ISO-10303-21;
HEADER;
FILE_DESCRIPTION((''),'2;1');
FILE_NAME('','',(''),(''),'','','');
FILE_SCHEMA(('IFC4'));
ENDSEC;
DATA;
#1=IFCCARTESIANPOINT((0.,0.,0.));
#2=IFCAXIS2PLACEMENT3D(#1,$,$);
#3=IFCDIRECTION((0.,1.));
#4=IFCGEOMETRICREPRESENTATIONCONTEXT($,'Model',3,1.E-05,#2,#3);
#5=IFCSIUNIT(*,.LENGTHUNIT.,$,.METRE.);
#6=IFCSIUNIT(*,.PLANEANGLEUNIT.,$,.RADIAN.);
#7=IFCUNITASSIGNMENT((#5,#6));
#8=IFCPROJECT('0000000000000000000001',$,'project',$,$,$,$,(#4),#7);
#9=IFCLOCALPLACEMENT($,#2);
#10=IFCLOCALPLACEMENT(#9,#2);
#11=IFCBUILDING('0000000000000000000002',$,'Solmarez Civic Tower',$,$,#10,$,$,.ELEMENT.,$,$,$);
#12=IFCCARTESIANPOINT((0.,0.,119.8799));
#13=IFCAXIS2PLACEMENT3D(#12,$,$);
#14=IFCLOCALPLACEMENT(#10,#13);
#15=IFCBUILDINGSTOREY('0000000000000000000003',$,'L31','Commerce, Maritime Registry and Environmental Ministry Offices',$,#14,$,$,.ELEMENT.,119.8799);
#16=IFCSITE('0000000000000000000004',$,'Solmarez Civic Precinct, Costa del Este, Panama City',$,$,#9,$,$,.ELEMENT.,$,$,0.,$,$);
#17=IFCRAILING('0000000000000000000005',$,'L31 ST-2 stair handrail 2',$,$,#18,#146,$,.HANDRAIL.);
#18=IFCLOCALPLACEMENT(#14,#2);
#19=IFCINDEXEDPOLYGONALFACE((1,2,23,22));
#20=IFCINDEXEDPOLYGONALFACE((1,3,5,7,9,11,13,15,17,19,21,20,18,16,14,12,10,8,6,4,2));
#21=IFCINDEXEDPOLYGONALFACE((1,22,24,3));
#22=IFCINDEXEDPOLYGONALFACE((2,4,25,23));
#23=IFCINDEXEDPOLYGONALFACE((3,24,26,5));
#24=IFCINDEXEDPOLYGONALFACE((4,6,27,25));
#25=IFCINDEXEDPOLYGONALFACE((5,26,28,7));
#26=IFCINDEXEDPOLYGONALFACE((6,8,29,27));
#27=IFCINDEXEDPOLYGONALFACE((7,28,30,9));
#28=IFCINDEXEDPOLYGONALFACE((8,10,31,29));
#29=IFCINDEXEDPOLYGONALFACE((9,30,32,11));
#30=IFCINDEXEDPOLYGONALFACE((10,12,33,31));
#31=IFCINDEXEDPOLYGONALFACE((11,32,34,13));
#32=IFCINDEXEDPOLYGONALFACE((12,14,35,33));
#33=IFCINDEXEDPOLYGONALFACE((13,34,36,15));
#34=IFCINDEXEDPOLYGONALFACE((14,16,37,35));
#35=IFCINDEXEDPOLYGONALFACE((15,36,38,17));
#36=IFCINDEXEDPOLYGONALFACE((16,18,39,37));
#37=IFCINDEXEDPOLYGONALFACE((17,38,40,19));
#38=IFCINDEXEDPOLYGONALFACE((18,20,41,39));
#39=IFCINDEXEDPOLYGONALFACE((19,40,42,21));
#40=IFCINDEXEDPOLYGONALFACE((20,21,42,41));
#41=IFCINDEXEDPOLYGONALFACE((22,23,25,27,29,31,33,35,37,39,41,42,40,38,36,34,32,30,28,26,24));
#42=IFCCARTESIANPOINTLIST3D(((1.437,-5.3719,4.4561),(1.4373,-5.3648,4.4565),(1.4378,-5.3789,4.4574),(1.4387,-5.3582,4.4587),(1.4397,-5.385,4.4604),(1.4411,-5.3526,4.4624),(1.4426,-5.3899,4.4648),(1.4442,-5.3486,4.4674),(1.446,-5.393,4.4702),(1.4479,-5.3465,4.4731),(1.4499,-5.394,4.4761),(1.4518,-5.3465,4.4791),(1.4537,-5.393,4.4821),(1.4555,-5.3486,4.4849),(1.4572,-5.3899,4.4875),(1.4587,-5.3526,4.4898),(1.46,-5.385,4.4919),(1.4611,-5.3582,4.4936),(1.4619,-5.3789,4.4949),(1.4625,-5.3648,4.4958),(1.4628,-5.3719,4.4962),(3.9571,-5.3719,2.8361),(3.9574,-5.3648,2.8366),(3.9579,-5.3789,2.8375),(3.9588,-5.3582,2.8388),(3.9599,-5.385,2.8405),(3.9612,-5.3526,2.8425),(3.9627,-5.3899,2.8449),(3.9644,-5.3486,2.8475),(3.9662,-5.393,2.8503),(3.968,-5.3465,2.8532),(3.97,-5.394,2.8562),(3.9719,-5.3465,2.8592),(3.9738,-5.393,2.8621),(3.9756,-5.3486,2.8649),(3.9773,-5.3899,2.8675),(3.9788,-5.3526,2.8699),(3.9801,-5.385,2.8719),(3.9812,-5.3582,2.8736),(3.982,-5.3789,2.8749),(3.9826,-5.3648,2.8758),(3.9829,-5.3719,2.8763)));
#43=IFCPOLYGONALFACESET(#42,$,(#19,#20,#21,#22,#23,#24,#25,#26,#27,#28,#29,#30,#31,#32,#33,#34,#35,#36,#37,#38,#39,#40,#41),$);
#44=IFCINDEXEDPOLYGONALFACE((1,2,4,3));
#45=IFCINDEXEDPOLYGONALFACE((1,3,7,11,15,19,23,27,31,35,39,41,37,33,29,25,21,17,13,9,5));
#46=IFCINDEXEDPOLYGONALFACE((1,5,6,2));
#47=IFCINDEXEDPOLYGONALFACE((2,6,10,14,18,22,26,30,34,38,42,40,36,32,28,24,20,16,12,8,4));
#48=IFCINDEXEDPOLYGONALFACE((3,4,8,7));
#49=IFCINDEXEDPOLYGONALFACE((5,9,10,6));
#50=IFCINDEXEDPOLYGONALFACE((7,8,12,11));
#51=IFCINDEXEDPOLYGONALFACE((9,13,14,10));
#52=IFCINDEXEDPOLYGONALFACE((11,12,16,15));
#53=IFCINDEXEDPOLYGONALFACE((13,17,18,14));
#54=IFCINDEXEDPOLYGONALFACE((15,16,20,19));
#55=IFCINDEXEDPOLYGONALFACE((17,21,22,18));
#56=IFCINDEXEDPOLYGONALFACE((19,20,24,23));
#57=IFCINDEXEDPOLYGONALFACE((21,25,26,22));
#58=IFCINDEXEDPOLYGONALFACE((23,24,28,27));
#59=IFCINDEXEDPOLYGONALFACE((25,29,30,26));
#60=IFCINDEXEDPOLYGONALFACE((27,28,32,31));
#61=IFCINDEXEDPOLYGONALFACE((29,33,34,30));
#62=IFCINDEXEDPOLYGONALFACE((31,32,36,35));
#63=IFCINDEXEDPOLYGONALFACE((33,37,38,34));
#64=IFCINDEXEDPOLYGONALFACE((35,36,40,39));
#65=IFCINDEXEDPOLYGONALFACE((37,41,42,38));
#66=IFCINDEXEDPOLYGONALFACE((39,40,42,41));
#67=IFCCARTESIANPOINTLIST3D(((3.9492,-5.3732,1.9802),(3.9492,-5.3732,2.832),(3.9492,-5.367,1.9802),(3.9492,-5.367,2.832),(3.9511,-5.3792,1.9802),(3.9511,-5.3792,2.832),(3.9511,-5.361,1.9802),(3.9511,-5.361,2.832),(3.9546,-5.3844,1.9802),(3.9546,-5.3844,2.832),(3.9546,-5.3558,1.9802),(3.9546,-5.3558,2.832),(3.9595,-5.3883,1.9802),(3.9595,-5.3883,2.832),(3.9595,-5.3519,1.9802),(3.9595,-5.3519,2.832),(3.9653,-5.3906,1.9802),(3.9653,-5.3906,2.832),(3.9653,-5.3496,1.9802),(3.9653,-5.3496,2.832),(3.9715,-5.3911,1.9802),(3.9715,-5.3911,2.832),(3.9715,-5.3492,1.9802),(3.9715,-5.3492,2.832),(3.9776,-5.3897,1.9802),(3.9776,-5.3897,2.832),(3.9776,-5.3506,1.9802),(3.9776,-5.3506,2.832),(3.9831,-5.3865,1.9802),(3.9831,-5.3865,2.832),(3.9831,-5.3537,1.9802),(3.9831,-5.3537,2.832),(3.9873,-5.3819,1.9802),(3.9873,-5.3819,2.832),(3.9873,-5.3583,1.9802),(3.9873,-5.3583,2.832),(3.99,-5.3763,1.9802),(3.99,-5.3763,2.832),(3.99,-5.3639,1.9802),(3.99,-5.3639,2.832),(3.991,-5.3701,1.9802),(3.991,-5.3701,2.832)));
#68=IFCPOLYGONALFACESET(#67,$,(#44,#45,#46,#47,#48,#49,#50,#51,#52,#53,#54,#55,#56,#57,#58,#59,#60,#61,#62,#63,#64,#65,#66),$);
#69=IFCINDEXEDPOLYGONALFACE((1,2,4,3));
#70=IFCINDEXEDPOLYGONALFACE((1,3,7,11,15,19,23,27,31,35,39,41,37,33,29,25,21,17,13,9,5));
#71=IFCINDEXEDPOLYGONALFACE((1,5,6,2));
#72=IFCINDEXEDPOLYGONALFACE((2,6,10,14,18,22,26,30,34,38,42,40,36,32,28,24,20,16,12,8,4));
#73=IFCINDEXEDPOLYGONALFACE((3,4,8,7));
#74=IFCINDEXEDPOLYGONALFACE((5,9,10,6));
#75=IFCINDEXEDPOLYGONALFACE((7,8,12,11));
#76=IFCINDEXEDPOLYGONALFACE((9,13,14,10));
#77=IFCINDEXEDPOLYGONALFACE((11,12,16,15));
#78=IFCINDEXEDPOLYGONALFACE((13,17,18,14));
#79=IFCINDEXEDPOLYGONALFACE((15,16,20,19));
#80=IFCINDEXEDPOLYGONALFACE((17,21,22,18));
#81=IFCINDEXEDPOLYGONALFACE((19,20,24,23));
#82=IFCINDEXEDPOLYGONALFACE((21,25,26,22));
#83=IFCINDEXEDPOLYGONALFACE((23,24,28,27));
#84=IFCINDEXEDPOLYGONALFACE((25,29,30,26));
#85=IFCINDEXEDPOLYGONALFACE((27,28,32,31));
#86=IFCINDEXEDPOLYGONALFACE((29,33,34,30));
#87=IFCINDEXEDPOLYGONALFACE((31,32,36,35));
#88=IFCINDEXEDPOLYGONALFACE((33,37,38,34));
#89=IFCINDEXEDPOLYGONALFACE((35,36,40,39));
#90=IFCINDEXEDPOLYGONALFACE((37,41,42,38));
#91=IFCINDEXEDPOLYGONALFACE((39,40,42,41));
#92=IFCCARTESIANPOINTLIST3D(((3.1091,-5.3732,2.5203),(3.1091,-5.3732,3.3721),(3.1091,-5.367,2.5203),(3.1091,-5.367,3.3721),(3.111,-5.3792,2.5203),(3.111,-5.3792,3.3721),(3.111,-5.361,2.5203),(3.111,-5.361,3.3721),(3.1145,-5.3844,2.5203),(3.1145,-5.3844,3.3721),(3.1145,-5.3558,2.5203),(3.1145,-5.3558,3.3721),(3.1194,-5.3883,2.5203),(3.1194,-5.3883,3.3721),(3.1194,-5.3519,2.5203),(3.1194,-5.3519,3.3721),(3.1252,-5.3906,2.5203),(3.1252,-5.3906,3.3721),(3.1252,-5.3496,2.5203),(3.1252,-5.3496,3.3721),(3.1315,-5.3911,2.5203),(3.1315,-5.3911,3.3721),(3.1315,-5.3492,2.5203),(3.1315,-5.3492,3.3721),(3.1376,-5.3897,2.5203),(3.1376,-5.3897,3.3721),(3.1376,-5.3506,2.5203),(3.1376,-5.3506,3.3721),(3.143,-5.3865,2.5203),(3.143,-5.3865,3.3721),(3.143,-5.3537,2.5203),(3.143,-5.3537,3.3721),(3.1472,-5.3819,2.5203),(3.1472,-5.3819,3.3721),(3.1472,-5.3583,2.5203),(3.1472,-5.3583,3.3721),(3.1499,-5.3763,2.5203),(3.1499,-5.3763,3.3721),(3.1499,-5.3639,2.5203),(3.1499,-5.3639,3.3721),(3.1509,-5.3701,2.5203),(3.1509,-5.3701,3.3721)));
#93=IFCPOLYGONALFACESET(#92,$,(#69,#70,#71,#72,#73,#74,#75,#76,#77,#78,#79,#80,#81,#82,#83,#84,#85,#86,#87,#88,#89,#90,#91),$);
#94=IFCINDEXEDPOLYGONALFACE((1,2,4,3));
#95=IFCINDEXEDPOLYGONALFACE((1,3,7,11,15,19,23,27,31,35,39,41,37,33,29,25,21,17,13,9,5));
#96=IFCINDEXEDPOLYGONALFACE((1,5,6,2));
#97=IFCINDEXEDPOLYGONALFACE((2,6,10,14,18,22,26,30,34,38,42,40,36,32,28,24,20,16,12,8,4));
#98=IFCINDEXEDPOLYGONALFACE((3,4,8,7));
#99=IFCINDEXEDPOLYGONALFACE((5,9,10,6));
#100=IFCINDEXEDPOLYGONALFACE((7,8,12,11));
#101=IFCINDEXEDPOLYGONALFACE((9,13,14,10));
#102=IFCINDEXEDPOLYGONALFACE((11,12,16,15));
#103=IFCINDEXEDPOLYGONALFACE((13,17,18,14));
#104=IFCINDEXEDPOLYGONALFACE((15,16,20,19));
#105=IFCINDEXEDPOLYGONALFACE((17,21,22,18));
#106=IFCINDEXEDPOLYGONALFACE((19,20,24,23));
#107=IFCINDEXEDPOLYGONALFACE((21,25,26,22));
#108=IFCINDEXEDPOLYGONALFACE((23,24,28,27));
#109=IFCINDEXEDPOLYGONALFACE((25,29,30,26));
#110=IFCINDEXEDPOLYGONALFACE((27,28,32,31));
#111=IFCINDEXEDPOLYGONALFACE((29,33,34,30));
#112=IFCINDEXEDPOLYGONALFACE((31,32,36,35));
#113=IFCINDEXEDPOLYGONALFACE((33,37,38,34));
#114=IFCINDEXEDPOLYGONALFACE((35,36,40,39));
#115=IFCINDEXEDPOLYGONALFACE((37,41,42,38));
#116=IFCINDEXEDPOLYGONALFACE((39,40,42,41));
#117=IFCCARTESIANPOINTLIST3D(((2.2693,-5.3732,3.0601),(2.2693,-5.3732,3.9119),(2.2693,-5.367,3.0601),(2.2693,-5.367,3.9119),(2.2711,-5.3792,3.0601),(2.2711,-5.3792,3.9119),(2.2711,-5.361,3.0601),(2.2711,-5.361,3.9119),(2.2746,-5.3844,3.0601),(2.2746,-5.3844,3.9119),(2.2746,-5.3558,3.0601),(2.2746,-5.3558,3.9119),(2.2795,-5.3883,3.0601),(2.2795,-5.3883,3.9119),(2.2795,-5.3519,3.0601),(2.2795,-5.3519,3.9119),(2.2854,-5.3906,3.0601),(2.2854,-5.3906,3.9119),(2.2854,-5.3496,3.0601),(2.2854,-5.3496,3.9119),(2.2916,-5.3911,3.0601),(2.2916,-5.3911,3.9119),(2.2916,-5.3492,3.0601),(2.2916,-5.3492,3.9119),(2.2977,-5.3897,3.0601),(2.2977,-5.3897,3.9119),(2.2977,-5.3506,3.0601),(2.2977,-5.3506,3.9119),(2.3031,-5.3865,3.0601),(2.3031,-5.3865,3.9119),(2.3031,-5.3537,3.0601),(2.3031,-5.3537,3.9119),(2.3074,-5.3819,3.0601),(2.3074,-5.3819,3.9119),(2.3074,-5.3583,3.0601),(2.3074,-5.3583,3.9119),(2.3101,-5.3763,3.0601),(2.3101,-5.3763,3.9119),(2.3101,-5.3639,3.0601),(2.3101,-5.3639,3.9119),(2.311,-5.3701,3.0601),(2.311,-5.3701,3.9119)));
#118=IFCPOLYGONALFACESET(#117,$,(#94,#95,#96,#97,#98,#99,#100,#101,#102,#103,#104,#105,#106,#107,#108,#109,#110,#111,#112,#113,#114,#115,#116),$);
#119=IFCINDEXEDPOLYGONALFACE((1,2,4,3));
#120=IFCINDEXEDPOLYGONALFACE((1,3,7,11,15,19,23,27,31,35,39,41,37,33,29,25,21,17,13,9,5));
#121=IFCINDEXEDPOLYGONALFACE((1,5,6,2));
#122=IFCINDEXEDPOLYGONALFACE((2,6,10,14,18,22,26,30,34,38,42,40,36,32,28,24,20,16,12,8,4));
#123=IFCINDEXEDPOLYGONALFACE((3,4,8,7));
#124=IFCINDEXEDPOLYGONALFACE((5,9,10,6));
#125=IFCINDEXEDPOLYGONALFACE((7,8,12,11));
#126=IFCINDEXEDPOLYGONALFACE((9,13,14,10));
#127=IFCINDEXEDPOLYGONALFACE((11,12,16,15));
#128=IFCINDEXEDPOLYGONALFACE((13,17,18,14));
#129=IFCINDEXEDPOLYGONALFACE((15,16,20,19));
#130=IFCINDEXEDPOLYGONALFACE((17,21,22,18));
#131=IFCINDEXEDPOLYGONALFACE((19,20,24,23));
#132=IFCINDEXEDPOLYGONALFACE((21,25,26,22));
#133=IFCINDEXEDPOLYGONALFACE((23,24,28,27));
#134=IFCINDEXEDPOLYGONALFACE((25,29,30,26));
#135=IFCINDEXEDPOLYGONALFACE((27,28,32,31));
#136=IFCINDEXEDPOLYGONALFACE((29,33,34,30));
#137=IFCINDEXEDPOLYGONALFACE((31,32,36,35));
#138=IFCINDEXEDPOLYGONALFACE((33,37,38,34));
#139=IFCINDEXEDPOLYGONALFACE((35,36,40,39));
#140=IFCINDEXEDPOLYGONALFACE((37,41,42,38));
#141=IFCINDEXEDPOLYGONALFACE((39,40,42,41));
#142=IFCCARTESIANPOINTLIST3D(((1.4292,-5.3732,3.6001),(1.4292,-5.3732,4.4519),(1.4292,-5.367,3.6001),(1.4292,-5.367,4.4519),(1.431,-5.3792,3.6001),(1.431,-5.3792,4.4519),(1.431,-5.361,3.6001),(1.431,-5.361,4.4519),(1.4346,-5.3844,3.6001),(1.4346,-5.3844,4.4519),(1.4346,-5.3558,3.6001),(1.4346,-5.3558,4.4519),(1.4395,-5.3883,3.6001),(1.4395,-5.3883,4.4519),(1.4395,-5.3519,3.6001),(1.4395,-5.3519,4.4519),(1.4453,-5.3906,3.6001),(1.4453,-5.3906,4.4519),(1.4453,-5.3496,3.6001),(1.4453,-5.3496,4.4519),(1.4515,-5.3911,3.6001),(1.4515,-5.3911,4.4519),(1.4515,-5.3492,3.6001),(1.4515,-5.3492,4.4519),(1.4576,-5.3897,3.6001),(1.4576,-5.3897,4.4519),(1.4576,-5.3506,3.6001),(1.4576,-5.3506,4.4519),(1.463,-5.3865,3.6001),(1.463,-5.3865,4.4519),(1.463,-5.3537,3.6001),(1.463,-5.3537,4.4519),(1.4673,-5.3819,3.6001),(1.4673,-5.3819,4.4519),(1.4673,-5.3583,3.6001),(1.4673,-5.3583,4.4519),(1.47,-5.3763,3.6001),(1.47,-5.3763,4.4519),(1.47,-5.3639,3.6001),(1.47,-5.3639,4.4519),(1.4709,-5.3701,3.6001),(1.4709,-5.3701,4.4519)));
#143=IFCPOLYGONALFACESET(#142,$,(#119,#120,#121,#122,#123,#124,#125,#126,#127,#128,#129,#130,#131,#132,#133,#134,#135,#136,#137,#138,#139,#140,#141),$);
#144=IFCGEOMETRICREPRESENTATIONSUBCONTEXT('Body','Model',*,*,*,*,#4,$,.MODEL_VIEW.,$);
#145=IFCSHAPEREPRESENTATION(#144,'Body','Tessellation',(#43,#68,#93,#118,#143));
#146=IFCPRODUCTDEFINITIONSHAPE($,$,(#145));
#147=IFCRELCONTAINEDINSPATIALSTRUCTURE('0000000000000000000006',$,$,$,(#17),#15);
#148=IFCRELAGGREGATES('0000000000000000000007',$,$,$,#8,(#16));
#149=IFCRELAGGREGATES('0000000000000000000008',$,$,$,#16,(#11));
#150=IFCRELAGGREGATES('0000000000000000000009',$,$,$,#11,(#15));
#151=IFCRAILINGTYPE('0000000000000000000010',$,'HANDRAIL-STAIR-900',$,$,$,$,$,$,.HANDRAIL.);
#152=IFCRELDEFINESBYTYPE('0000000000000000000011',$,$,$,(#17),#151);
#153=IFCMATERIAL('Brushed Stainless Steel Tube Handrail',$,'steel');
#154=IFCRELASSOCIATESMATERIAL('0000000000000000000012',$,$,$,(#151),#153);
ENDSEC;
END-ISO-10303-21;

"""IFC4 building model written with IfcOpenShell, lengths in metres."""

from ifc_helpers import new_model, si_unit, direction, frame, origin, origin_2d, place, context, subcontext, project, spatial, circle, extrude, material, type_object, element, save


model = new_model("IFC4")

# Units and contexts
model_context = context("Model", 3, precision=1e-05, world=origin(), true_north=direction((0.0, 1.0)))
body_context = subcontext(model_context, "Body", "Model", "MODEL_VIEW")
ifc_project = project(units=[si_unit("LENGTHUNIT", "METRE"), si_unit("PLANEANGLEUNIT", "RADIAN")], contexts=[model_context])

# Site, building, storey
site_placement = place(None, origin())
site = spatial("IfcSite", under=ifc_project, at=site_placement, Name="Solmarez Civic Precinct, Costa del Este, Panama City", CompositionType="ELEMENT", RefElevation=0.0)
building_placement = place(site_placement, origin())
building = spatial("IfcBuilding", under=site, at=building_placement, Name="Solmarez Civic Tower", CompositionType="ELEMENT")
storey_placement = place(building_placement, frame((0.0, 0.0, 119.8799)))
storey = spatial("IfcBuildingStorey", under=building, at=storey_placement, Name="L31", Description="Commerce, Maritime Registry and Environmental Ministry Offices", CompositionType="ELEMENT", Elevation=119.8799)

# Railing
ifc_material_1 = material(Name="Brushed Stainless Steel Tube Handrail", Category="steel")
railing_type_1 = type_object("IfcRailingType", Name="HANDRAIL-STAIR-900", PredefinedType="HANDRAIL", material=ifc_material_1)
railing_1_placement = place(storey_placement, frame((3.97, -5.3701, 1.9802)))
element("IfcRailing", 1, at=railing_1_placement, inside=storey, type_object=railing_type_1, Name="L31 ST-2 stair handrail 2", PredefinedType="HANDRAIL", context=body_context, shape_type="SweptSolid", body=[
    extrude(circle(Radius=0.0239, at=origin_2d()), frame((0.0, 0.0, 0.876), z_axis=(-0.8412, 0.0, 0.540725), x_axis=(0.0, -1.0, 0.0)), (0.0, 0.0, 1.0), 2.9958),
    extrude(circle(Radius=0.021, at=origin_2d()), origin(), (0.0, 0.0, 1.0), 0.8518),
    extrude(circle(Radius=0.021, at=origin_2d()), frame((-0.8401, 0.0, 0.54)), (0.0, 0.0, 1.0), 0.8518),
    extrude(circle(Radius=0.021, at=origin_2d()), frame((-1.6799, 0.0, 1.0798)), (0.0, 0.0, 1.0), 0.8518),
    extrude(circle(Radius=0.021, at=origin_2d()), frame((-2.52, 0.0, 1.6199)), (0.0, 0.0, 1.0), 0.8518),
])

save(model, "model.ifc")
